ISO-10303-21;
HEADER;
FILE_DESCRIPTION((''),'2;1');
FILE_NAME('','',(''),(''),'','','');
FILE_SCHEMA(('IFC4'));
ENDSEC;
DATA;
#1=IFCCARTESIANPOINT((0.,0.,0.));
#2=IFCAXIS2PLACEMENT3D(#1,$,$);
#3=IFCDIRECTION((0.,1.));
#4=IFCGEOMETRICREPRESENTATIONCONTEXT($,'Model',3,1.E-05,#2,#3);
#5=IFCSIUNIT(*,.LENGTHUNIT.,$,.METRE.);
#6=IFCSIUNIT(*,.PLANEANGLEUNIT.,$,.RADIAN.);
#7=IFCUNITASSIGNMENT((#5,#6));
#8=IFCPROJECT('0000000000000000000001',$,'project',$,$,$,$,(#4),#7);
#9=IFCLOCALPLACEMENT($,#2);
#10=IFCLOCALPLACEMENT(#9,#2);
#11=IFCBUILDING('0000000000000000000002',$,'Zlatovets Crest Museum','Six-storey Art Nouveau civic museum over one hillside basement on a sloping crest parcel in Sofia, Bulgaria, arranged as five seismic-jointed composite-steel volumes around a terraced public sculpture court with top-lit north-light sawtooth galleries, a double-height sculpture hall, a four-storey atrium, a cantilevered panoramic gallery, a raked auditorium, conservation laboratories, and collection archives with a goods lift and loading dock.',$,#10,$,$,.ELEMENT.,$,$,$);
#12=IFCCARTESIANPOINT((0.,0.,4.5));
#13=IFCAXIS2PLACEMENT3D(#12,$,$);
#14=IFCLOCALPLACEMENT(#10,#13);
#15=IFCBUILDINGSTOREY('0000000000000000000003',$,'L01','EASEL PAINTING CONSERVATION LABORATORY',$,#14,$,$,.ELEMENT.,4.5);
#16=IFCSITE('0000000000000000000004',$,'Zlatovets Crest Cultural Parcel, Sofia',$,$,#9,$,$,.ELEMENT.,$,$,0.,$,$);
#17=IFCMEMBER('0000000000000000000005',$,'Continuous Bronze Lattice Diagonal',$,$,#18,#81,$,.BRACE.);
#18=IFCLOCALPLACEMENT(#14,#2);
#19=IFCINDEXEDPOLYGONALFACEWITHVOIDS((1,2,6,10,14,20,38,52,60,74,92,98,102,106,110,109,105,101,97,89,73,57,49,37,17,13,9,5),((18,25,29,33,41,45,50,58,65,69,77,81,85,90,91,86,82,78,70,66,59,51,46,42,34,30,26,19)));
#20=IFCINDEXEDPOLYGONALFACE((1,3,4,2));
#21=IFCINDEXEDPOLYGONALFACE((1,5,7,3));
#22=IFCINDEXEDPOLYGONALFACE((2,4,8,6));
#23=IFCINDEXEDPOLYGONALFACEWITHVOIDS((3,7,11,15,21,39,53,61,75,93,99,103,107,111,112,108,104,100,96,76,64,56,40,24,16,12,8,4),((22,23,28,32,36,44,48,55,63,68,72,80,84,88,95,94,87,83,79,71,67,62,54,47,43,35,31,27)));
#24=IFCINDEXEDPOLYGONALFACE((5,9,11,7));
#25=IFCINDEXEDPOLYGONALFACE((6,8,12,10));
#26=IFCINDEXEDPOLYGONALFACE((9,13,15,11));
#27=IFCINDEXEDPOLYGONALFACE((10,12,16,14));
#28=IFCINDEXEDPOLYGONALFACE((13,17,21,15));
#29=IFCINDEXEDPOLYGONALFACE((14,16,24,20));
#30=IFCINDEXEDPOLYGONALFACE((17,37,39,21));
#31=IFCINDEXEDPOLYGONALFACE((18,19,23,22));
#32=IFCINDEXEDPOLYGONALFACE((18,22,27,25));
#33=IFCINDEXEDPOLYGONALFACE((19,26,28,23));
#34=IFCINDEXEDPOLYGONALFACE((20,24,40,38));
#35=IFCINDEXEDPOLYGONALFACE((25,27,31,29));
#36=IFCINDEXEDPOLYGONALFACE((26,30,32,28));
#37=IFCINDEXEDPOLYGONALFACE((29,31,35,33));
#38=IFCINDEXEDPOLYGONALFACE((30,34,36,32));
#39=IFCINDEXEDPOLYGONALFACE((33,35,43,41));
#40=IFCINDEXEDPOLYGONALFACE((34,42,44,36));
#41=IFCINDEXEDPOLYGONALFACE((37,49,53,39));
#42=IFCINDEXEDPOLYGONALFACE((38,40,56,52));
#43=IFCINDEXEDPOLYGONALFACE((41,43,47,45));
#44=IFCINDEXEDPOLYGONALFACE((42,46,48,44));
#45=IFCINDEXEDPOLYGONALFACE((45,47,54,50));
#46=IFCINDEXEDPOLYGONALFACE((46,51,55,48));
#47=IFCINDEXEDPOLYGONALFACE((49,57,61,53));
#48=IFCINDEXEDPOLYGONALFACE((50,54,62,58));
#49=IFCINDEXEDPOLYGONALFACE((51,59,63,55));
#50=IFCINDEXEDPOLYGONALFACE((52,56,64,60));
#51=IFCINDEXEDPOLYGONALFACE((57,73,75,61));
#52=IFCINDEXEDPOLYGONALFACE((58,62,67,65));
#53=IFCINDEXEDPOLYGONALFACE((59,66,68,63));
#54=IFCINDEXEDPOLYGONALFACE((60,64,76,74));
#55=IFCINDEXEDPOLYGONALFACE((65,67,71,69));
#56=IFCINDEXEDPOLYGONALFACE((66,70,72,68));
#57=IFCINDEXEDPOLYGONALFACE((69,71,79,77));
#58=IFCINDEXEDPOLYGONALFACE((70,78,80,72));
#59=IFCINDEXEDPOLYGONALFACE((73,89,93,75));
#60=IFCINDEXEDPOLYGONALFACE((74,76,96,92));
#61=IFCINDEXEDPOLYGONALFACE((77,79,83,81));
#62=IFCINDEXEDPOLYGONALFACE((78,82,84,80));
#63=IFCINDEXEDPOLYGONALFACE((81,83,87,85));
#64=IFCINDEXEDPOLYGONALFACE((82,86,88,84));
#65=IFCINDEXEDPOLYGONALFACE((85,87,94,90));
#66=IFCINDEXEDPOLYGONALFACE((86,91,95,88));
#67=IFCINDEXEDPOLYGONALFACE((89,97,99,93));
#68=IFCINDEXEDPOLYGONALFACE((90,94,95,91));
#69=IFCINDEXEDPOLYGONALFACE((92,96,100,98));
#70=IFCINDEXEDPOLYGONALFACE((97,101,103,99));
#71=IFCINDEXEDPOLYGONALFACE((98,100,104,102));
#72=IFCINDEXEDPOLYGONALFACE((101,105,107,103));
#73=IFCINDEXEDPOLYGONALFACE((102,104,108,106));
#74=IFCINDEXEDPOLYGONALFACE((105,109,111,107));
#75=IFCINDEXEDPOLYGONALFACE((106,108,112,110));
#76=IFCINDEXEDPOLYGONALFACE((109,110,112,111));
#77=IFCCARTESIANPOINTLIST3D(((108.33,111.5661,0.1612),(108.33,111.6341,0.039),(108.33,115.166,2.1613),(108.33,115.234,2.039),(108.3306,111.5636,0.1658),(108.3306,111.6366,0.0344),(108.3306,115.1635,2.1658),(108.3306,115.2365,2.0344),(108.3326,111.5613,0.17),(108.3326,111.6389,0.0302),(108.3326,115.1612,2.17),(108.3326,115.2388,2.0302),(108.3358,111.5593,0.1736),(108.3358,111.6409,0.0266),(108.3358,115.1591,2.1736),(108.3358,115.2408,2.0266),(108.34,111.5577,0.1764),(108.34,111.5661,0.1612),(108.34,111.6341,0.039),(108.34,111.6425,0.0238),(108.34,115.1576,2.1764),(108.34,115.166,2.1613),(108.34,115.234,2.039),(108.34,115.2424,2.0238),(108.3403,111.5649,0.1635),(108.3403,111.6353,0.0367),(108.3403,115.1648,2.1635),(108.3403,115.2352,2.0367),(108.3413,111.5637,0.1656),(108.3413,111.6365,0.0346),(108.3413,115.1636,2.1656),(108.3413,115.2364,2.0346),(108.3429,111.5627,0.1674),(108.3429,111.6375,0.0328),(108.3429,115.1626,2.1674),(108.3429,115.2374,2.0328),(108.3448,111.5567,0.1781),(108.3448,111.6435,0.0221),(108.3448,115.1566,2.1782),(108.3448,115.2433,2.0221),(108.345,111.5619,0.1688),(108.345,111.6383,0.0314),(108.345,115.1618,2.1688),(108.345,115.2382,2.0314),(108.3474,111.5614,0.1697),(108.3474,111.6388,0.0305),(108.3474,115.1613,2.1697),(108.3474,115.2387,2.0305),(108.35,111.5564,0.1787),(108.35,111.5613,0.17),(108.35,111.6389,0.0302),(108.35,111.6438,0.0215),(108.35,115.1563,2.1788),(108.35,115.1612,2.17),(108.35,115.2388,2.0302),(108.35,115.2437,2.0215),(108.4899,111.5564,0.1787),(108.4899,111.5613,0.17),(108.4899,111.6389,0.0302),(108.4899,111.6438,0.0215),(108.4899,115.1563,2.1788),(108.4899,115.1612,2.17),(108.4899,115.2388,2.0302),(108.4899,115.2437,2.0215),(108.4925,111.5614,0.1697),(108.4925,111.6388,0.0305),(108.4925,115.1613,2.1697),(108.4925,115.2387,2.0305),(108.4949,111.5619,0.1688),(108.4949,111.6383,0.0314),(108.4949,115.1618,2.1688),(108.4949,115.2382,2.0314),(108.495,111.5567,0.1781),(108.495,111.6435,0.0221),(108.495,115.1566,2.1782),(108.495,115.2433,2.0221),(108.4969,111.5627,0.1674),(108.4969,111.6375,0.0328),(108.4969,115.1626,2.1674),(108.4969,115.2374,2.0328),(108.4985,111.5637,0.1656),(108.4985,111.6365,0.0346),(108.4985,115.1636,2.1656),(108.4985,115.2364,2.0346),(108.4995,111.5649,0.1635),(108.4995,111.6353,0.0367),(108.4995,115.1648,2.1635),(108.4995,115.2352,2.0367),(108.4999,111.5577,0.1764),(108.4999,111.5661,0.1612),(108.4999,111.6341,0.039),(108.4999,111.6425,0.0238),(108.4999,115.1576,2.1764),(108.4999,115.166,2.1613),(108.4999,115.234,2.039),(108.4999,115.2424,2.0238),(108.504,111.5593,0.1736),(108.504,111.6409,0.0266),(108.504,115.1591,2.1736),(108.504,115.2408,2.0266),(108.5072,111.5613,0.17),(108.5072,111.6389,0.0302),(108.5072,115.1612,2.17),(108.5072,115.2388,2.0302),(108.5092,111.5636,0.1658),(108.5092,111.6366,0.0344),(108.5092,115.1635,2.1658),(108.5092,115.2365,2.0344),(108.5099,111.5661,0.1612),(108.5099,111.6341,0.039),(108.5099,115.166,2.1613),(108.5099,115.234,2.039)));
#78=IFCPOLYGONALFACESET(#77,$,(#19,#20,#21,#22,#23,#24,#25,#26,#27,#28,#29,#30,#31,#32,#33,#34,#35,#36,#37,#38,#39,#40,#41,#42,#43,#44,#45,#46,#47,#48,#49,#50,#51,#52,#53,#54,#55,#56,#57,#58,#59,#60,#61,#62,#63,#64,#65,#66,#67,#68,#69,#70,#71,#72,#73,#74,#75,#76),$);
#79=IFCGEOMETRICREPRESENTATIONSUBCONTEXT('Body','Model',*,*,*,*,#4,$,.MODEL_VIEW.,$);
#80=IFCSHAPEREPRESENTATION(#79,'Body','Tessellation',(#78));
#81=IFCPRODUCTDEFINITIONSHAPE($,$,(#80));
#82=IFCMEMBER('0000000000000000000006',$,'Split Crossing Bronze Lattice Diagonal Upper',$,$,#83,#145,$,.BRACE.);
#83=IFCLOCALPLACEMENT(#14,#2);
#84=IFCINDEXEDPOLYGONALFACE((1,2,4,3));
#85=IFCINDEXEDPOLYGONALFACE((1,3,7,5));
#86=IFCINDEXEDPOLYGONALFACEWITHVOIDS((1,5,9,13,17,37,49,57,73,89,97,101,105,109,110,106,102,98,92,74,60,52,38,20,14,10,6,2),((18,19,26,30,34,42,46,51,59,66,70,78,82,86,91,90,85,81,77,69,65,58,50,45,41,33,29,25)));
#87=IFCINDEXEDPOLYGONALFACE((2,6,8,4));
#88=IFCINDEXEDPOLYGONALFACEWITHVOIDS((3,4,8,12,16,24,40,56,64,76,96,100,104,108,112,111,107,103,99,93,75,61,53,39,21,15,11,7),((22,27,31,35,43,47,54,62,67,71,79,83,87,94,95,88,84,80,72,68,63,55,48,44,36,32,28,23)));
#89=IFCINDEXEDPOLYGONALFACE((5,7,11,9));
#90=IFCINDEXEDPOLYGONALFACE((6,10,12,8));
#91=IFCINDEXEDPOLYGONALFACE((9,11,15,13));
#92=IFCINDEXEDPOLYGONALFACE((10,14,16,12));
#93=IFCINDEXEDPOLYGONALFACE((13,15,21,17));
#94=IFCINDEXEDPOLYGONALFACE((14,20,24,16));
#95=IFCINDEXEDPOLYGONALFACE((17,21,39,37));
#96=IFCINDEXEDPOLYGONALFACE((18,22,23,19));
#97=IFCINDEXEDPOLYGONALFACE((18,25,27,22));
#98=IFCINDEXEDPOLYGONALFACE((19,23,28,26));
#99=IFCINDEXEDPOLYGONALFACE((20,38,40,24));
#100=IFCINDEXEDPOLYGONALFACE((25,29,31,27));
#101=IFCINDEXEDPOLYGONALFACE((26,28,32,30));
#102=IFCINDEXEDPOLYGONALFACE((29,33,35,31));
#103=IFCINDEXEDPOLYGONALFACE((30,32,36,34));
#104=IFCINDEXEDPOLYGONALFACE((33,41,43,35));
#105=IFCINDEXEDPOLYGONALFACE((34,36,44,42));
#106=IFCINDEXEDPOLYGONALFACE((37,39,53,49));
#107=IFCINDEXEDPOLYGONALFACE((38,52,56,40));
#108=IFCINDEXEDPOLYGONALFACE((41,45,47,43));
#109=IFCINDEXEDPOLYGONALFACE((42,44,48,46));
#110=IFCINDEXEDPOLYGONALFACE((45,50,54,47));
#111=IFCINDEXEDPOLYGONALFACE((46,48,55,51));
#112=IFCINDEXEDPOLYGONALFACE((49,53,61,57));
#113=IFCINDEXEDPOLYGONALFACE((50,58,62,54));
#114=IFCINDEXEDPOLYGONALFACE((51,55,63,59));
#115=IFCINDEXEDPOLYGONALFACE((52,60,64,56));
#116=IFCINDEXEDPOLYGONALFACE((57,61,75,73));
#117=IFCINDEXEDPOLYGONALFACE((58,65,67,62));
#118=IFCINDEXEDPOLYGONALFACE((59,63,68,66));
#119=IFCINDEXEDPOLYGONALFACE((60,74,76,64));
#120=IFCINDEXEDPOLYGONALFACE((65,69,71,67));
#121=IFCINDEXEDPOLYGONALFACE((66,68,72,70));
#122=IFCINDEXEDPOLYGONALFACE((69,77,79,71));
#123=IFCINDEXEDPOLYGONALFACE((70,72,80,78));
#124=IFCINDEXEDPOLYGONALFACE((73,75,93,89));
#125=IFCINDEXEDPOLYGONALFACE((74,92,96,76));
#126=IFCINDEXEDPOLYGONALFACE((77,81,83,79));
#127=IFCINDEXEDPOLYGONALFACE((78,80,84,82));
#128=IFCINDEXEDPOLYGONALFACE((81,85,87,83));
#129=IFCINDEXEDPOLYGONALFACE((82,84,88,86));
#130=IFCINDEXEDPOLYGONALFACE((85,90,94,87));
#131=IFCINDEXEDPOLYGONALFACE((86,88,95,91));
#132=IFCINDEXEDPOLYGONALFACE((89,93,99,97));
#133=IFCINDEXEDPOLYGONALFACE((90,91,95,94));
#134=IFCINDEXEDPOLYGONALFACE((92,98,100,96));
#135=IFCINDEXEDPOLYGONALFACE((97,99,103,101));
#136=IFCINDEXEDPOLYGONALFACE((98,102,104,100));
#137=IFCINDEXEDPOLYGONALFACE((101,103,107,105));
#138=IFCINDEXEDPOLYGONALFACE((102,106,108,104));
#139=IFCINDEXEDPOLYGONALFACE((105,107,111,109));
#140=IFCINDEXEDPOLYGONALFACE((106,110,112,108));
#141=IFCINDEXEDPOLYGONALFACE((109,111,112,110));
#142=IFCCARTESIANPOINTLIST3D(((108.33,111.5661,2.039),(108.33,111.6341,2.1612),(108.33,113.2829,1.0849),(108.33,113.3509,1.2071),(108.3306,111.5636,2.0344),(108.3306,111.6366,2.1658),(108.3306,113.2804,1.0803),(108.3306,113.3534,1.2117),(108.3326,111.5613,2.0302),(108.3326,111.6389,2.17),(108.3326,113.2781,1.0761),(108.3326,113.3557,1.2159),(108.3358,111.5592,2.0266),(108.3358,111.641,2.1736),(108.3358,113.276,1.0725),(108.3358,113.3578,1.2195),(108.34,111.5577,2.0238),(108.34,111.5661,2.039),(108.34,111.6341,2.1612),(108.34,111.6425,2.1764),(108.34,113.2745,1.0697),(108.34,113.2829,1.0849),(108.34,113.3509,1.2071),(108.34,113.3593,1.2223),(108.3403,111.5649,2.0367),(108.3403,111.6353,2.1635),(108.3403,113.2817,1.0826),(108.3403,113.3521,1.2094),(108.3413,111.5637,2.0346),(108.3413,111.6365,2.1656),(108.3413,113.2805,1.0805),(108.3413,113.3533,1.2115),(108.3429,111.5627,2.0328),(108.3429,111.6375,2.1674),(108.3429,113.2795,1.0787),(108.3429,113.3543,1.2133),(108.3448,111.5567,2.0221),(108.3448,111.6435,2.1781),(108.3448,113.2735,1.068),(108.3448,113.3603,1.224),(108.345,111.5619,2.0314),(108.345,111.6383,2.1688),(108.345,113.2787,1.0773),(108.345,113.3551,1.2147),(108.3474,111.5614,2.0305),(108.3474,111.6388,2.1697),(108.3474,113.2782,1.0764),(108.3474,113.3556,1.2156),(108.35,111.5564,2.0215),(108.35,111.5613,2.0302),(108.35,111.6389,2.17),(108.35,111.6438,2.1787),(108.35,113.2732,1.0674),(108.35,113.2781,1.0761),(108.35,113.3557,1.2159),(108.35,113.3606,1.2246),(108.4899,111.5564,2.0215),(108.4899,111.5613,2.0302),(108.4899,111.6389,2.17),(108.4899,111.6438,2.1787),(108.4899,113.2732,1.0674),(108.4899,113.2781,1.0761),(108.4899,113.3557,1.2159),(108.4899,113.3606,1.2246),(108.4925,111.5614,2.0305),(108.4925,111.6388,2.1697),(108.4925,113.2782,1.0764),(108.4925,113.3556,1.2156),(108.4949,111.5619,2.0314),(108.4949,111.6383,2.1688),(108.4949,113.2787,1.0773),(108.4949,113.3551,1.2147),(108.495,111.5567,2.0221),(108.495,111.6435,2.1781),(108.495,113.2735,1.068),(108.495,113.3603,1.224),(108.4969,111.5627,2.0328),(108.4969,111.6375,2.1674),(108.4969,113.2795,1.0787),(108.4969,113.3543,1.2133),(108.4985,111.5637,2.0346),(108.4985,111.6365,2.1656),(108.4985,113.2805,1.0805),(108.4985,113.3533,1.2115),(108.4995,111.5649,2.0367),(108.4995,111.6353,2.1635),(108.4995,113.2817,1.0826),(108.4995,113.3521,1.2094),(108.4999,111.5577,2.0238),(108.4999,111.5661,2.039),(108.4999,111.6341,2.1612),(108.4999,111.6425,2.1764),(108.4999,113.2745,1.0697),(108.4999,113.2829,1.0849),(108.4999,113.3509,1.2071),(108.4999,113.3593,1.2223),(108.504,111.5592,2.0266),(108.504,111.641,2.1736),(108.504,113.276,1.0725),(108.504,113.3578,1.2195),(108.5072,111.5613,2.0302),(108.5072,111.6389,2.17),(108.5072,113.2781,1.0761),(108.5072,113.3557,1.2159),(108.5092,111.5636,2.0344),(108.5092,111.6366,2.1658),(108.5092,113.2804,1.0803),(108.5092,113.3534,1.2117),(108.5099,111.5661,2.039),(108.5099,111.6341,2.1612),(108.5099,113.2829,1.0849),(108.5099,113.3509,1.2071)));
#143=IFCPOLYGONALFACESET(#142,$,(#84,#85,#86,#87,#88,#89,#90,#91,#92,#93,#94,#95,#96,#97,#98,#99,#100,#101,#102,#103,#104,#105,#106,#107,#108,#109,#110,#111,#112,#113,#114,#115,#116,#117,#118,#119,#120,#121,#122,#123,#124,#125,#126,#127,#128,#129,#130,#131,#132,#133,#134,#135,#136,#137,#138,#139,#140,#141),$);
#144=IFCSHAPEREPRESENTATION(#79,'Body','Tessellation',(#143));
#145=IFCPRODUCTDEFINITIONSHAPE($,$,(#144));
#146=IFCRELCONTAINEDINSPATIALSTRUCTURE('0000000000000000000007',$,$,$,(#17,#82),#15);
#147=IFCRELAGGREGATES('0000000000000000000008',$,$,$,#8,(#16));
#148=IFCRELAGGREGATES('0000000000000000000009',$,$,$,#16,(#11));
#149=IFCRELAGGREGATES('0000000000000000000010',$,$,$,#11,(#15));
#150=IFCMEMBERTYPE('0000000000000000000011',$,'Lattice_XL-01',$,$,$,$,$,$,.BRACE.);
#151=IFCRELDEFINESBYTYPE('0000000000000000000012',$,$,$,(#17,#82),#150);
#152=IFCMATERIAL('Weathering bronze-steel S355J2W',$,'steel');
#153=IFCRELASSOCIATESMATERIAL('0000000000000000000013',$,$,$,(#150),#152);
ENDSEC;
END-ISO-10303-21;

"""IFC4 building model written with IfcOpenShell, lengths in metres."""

from ifc_helpers import new_model, si_unit, direction, frame, origin, origin_2d, place, context, subcontext, project, spatial, hollow_rectangle, extrude, material, material_profile, profile_set, type_object, element, save


model = new_model("IFC4")

# Units and contexts
model_context = context("Model", 3, precision=1e-05, world=origin(), true_north=direction((0.0, 1.0)))
body_context = subcontext(model_context, "Body", "Model", "MODEL_VIEW")
ifc_project = project(units=[si_unit("LENGTHUNIT", "METRE"), si_unit("PLANEANGLEUNIT", "RADIAN")], contexts=[model_context])

# Site, building, storey
site_placement = place(None, origin())
site = spatial("IfcSite", under=ifc_project, at=site_placement, Name="Zlatovets Crest Cultural Parcel, Sofia", CompositionType="ELEMENT", RefElevation=0.0)
building_placement = place(site_placement, origin())
building = spatial("IfcBuilding", under=site, at=building_placement, Name="Zlatovets Crest Museum", Description="Six-storey Art Nouveau civic museum over one hillside basement on a sloping crest parcel in Sofia, Bulgaria, arranged as five seismic-jointed composite-steel volumes around a terraced public sculpture court with top-lit north-light sawtooth galleries, a double-height sculpture hall, a four-storey atrium, a cantilevered panoramic gallery, a raked auditorium, conservation laboratories, and collection archives with a goods lift and loading dock.", CompositionType="ELEMENT")
storey_placement = place(building_placement, frame((0.0, 0.0, 4.5)))
storey = spatial("IfcBuildingStorey", under=building, at=storey_placement, Name="L01", Description="EASEL PAINTING CONSERVATION LABORATORY", CompositionType="ELEMENT", Elevation=4.5)

# Members
ifc_material_1 = material(Name="Weathering bronze-steel S355J2W", Category="steel")
ifc_material_profile_1 = material_profile(ifc_material_1, hollow_rectangle(XDim=0.1799, YDim=0.1799, WallThickness=0.01, InnerFilletRadius=0.01, OuterFilletRadius=0.02, at=origin_2d()), Name="SHS 180x180x10.0")
ifc_profile_set_1 = profile_set([ifc_material_profile_1], Name="Weathering bronze-steel S355J2W")
member_type_1 = type_object("IfcMemberType", Name="Lattice_XL-01", PredefinedType="BRACE", material=ifc_profile_set_1)
member_1_placement = place(storey_placement, frame((108.4199, 111.6001, 0.1001), z_axis=(0.0, 0.874149, 0.485658), x_axis=(-1.0, 0.0, 0.0)))
element("IfcMember", 1, at=member_1_placement, inside=storey, type_object=member_type_1, Name="Continuous Bronze Lattice Diagonal", PredefinedType="BRACE", context=body_context, shape_type="SweptSolid", body=[
    extrude(hollow_rectangle(XDim=0.1799, YDim=0.1799, WallThickness=0.01, InnerFilletRadius=0.01, OuterFilletRadius=0.02, at=origin_2d()), origin(), (0.0, 0.0, 1.0), 4.1182),
])
for number, where, z_axis, x_axis, name in (
    (2, (108.4199, 111.6001, 2.1001), (0.0, 0.874087, -0.48577), (-1.0, 0.0, 0.0), "Split Crossing Bronze Lattice Diagonal Upper"),
):
    element("IfcMember", number, at=place(storey_placement, frame(where, z_axis=z_axis, x_axis=x_axis)), inside=storey, type_object=member_type_1, Name=name, PredefinedType="BRACE", context=body_context, shape_type="SweptSolid", body=[
        extrude(hollow_rectangle(XDim=0.1799, YDim=0.1799, WallThickness=0.01, InnerFilletRadius=0.01, OuterFilletRadius=0.02, at=origin_2d()), origin(), (0.0, 0.0, 1.0), 1.9641),
    ])

save(model, "model.ifc")
